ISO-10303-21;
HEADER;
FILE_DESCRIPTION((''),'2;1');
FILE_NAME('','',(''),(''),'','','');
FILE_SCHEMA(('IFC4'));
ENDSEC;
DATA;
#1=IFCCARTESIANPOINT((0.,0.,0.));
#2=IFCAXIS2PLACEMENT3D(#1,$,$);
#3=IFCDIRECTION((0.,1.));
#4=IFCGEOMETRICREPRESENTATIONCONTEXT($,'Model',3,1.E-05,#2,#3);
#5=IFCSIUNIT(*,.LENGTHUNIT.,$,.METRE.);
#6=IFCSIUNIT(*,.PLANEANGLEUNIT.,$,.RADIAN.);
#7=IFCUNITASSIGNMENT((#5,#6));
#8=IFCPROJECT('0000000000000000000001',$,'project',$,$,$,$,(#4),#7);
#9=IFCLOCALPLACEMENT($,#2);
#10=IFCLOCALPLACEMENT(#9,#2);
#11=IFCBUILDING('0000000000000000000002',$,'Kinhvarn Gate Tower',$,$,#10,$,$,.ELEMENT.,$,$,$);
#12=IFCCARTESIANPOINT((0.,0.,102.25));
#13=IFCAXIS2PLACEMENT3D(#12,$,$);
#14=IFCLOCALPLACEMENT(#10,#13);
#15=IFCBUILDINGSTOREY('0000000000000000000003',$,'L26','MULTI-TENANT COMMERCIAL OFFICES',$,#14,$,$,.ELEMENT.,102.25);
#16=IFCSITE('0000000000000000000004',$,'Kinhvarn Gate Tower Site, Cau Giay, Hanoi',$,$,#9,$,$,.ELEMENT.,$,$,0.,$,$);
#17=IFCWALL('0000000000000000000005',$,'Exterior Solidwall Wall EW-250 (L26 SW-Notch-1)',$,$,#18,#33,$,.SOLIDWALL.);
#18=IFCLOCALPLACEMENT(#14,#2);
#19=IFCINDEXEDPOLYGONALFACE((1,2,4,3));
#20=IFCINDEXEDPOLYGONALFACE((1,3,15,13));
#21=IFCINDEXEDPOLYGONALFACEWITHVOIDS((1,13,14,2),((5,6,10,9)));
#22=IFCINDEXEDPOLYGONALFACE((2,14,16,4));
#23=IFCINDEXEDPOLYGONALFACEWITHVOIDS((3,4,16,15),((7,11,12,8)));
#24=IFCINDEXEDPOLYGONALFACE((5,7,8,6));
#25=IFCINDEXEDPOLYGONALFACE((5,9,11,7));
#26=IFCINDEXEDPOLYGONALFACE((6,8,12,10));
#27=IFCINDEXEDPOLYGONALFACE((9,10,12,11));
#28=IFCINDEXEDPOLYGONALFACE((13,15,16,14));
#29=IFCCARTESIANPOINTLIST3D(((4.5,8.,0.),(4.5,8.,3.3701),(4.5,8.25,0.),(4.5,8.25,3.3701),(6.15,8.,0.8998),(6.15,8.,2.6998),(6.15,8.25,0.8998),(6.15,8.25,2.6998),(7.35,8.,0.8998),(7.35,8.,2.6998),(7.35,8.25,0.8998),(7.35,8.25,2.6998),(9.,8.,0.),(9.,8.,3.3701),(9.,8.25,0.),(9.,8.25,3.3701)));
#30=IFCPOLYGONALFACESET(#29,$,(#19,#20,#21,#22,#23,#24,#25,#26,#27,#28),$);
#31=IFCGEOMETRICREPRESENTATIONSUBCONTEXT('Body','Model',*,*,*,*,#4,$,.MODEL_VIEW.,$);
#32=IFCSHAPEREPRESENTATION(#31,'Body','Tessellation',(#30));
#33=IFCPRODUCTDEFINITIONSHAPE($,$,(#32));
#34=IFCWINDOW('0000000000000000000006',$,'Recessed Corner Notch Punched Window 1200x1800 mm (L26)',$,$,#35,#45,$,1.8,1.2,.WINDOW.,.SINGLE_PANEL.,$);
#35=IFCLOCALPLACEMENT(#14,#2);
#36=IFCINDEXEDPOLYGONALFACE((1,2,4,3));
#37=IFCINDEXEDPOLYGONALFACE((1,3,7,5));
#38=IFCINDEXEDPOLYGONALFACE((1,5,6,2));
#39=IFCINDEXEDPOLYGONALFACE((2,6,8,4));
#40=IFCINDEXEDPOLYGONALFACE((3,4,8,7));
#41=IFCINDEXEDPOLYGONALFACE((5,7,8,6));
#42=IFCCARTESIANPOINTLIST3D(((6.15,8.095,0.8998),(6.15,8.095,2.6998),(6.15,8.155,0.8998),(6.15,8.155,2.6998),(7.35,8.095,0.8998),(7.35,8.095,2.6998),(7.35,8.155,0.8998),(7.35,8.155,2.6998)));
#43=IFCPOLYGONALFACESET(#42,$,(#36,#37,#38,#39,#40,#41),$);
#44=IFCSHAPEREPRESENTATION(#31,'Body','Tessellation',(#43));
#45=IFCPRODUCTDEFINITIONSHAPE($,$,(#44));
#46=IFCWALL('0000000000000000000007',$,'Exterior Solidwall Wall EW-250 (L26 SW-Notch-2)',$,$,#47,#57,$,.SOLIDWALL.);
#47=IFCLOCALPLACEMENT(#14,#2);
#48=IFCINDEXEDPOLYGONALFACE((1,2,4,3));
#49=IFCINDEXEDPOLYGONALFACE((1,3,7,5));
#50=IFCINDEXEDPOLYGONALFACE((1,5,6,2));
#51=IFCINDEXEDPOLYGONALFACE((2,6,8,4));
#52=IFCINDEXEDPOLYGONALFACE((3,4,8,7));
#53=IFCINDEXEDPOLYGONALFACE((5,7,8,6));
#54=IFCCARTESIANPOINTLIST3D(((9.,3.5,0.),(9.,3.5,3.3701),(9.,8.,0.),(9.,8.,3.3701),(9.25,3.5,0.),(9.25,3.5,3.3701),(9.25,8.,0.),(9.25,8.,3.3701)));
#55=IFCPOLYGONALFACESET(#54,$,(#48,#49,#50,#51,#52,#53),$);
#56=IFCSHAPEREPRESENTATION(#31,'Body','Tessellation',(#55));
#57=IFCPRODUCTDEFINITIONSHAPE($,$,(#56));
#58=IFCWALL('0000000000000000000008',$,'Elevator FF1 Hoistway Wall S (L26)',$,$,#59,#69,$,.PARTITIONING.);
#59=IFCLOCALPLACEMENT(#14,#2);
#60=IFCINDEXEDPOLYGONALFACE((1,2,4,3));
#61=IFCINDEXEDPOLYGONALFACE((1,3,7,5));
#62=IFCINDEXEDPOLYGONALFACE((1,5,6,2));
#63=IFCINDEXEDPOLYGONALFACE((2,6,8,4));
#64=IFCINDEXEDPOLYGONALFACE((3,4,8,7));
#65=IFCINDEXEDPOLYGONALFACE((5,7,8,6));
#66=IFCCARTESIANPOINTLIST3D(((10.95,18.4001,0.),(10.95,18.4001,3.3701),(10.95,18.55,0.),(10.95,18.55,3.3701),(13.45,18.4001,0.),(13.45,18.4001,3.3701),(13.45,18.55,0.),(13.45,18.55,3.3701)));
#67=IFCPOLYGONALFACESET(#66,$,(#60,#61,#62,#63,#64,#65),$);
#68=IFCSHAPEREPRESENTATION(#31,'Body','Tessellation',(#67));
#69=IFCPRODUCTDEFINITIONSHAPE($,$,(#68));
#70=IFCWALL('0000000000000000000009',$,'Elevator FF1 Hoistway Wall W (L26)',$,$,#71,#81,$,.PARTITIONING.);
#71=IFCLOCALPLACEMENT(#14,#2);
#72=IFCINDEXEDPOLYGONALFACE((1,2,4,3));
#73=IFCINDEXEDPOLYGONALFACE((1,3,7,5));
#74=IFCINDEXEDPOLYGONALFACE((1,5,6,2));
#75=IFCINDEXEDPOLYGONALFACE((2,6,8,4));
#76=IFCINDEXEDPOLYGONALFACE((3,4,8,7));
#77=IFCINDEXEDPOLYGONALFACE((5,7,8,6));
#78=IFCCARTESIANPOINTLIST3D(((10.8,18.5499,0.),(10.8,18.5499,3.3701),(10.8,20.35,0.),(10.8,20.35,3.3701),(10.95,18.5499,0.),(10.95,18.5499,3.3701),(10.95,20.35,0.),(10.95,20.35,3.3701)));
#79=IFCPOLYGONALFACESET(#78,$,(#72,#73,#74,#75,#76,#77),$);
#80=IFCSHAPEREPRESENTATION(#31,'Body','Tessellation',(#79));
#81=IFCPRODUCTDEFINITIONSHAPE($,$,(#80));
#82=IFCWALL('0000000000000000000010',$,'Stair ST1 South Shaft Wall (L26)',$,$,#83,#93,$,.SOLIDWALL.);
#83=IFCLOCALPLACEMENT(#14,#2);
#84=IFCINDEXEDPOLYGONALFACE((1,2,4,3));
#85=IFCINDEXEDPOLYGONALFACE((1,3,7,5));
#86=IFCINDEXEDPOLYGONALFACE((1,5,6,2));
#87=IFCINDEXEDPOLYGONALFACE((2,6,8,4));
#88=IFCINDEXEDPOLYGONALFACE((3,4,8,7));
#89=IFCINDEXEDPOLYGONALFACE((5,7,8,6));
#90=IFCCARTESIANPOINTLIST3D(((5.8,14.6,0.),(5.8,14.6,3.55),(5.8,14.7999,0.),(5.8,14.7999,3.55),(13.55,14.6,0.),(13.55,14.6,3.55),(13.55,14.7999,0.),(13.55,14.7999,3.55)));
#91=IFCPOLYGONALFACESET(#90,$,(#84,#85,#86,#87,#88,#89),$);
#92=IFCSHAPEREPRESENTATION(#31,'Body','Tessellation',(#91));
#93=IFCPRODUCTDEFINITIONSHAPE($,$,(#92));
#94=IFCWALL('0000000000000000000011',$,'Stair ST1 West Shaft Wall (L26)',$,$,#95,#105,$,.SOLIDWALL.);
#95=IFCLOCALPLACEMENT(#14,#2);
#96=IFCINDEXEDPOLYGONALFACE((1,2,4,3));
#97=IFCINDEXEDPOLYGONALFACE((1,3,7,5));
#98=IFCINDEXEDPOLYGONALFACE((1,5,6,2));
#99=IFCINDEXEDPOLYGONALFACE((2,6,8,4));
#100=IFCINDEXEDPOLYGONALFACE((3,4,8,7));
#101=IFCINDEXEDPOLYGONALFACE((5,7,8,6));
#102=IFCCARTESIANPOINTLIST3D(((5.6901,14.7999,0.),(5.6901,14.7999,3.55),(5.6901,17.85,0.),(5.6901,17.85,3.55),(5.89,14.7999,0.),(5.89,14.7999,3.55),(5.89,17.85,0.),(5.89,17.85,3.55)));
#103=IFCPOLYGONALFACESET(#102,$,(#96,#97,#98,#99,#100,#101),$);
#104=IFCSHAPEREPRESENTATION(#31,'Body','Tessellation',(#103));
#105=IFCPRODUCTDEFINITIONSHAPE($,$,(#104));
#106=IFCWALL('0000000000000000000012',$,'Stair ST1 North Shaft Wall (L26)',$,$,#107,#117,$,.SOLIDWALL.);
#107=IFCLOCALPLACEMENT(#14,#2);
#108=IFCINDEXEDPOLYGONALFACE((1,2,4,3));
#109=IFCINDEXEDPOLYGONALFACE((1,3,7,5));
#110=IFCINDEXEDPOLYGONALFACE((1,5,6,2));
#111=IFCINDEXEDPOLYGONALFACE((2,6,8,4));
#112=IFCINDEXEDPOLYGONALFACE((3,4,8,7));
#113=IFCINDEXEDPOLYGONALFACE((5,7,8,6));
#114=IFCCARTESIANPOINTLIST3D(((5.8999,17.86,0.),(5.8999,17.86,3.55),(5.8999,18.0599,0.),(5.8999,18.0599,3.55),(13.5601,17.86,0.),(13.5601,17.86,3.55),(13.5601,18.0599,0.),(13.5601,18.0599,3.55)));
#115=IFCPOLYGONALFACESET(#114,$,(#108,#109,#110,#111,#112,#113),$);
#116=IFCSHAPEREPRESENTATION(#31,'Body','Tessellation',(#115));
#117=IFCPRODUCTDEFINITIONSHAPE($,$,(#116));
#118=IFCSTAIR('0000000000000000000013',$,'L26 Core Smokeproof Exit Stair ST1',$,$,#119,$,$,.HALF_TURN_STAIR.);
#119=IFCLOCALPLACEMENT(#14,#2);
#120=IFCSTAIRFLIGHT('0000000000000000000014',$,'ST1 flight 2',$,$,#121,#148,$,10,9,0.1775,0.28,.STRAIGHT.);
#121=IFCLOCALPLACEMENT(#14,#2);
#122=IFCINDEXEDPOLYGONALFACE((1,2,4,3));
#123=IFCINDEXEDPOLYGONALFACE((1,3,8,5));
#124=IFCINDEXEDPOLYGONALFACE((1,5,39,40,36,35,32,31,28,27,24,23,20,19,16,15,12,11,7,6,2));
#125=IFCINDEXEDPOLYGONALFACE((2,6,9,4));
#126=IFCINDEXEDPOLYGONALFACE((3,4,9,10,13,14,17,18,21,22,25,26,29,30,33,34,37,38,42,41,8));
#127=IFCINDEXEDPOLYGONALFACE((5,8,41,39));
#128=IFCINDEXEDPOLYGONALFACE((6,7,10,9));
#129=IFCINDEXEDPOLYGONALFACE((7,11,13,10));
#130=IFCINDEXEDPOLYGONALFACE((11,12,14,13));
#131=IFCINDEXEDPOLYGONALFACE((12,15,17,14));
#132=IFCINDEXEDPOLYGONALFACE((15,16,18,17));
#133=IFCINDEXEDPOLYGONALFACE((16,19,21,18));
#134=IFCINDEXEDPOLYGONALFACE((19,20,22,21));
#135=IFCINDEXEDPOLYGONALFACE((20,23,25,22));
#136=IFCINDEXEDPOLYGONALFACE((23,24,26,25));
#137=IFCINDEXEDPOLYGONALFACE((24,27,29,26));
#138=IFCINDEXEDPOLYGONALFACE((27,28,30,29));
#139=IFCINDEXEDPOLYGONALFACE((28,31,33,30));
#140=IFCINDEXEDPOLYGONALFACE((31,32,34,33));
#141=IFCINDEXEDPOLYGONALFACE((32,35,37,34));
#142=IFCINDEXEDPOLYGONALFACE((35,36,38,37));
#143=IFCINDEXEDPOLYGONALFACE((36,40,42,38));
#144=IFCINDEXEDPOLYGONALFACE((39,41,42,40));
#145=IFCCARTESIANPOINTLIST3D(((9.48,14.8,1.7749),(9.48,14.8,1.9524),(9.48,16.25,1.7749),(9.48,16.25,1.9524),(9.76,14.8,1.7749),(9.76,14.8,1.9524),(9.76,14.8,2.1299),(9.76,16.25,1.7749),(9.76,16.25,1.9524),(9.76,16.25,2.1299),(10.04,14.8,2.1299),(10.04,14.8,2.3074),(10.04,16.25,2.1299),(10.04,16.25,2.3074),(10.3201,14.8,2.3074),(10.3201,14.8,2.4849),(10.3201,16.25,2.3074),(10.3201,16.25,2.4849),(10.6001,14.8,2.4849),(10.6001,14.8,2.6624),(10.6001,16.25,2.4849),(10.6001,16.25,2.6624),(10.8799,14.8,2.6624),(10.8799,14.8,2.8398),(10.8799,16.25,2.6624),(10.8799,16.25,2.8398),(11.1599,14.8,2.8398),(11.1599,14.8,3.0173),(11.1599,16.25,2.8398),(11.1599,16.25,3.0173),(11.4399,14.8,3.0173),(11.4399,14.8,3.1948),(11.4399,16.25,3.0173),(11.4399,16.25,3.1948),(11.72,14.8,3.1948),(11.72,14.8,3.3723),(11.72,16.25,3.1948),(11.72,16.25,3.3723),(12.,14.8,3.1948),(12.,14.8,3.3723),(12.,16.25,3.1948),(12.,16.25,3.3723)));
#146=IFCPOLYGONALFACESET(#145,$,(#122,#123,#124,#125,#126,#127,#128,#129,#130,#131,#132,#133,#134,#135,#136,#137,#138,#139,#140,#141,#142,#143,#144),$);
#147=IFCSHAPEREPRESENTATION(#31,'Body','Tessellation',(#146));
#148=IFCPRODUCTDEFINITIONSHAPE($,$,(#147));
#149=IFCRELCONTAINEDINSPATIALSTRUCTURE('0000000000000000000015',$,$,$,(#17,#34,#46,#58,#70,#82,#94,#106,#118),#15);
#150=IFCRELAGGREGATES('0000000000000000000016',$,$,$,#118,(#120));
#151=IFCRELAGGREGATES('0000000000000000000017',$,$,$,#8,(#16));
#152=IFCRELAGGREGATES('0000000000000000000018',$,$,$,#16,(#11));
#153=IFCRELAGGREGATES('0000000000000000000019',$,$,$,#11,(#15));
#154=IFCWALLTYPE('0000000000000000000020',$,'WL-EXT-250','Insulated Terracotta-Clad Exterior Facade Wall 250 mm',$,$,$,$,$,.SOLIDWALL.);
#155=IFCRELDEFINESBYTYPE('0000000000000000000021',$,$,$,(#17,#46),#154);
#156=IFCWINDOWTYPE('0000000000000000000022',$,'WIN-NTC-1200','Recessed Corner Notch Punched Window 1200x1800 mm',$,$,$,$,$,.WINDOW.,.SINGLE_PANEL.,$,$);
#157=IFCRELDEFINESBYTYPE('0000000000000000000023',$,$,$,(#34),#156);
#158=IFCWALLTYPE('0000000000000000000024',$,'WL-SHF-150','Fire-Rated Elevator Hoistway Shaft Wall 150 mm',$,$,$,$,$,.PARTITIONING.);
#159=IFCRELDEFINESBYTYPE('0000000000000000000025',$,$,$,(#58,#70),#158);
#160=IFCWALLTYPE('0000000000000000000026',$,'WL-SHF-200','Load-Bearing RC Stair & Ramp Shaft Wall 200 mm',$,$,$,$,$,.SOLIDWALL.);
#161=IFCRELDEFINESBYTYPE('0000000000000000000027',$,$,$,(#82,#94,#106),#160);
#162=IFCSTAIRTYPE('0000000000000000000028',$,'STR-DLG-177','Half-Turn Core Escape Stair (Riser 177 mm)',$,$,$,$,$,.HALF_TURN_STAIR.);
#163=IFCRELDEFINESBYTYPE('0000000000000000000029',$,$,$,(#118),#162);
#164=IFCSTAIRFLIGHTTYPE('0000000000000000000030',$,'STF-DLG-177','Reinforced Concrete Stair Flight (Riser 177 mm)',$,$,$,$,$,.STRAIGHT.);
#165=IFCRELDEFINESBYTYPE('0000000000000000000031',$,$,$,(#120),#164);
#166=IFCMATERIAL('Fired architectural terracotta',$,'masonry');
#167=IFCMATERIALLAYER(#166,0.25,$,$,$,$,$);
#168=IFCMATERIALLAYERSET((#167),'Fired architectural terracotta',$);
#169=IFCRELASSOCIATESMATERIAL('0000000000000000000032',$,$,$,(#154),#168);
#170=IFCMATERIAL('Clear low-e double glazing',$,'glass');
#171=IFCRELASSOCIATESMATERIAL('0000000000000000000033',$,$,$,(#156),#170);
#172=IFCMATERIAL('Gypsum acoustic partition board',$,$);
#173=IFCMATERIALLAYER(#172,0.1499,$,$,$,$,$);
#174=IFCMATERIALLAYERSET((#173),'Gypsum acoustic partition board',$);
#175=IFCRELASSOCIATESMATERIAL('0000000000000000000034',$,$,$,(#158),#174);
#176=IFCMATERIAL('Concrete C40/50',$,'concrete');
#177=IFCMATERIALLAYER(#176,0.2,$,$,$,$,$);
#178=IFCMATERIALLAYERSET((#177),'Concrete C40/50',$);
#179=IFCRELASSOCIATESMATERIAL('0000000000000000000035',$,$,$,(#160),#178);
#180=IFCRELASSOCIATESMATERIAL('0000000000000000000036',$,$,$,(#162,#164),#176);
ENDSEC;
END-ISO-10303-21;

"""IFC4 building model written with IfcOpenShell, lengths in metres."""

from ifc_helpers import new_model, si_unit, direction, frame, frame_2d, origin, place, context, subcontext, project, spatial, polyline, rectangle, outline, extrude, material, layer, layer_set, type_object, element, fill, aggregate, save


model = new_model("IFC4")

# Units and contexts
model_context = context("Model", 3, precision=1e-05, world=origin(), true_north=direction((0.0, 1.0)))
body_context = subcontext(model_context, "Body", "Model", "MODEL_VIEW")
ifc_project = project(units=[si_unit("LENGTHUNIT", "METRE"), si_unit("PLANEANGLEUNIT", "RADIAN")], contexts=[model_context])

# Site, building, storey
site_placement = place(None, origin())
site = spatial("IfcSite", under=ifc_project, at=site_placement, Name="Kinhvarn Gate Tower Site, Cau Giay, Hanoi", CompositionType="ELEMENT", RefElevation=0.0)
building_placement = place(site_placement, origin())
building = spatial("IfcBuilding", under=site, at=building_placement, Name="Kinhvarn Gate Tower", CompositionType="ELEMENT")
storey_placement = place(building_placement, frame((0.0, 0.0, 102.25)))
storey = spatial("IfcBuildingStorey", under=building, at=storey_placement, Name="L26", Description="MULTI-TENANT COMMERCIAL OFFICES", CompositionType="ELEMENT", Elevation=102.25)

# Wall, opening, window
ifc_material_1 = material(Name="Fired architectural terracotta", Category="masonry")
ifc_layer_1 = layer(ifc_material_1, 0.25)
ifc_layer_set_1 = layer_set([ifc_layer_1], Name="Fired architectural terracotta")
wall_type_1 = type_object("IfcWallType", Name="WL-EXT-250", Description="Insulated Terracotta-Clad Exterior Facade Wall 250 mm", PredefinedType="SOLIDWALL", material=ifc_layer_set_1)
ifc_material_2 = material(Name="Clear low-e double glazing", Category="glass")
wall_1_placement = place(storey_placement, frame((4.5, 8.125, 0.0), z_axis=(0.0, 0.0, 1.0), x_axis=(1.0, 0.0, 0.0)))
wall_1 = element("IfcWall", 1, at=wall_1_placement, inside=storey, type_object=wall_type_1, Name="Exterior Solidwall Wall EW-250 (L26 SW-Notch-1)", PredefinedType="SOLIDWALL", context=body_context, shape_type="SweptSolid", body=[
    extrude(rectangle(XDim=4.5, YDim=0.25, at=frame_2d((2.25, 0.0))), origin(), (0.0, 0.0, 1.0), 3.3701),
])
opening_1_placement = place(wall_1_placement, frame((1.6499, 0.0, 0.8999)))
opening_1 = element("IfcOpeningElement", 2, at=opening_1_placement, cuts=wall_1, PredefinedType="OPENING", context=body_context, shape_type="SweptSolid", body=[
    extrude(rectangle(XDim=1.2, YDim=1.8, at=frame_2d((0.6001, 0.8999))), frame((0.0, 0.135, 0.0), z_axis=(0.0, -1.0, 0.0), x_axis=(1.0, 0.0, 0.0)), (0.0, 0.0, 1.0), 0.27),
])
window_type_1 = type_object("IfcWindowType", Name="WIN-NTC-1200", Description="Recessed Corner Notch Punched Window 1200x1800 mm", PartitioningType="SINGLE_PANEL", PredefinedType="WINDOW", material=ifc_material_2)
window_1_placement = place(opening_1_placement, origin())
window_1 = element("IfcWindow", 3, at=window_1_placement, inside=storey, type_object=window_type_1, Name="Recessed Corner Notch Punched Window 1200x1800 mm (L26)", OverallHeight=1.8, OverallWidth=1.2, PartitioningType="SINGLE_PANEL", PredefinedType="WINDOW", context=body_context, shape_type="SweptSolid", body=[
    extrude(rectangle(XDim=1.2, YDim=1.8, at=frame_2d((0.6001, 0.8999))), frame((0.0, 0.03, 0.0), z_axis=(0.0, -1.0, 0.0), x_axis=(1.0, 0.0, 0.0)), (0.0, 0.0, 1.0), 0.0601),
])
fill(opening_1, window_1)

# Walls
wall_2_placement = place(storey_placement, frame((9.125, 8.0, 0.0), z_axis=(0.0, 0.0, 1.0), x_axis=(0.0, -1.0, 0.0)))
element("IfcWall", 4, at=wall_2_placement, inside=storey, type_object=wall_type_1, Name="Exterior Solidwall Wall EW-250 (L26 SW-Notch-2)", PredefinedType="SOLIDWALL", context=body_context, shape_type="SweptSolid", body=[
    extrude(rectangle(XDim=4.5, YDim=0.25, at=frame_2d((2.25, 0.0))), origin(), (0.0, 0.0, 1.0), 3.3701),
])
ifc_material_3 = material(Name="Gypsum acoustic partition board")
ifc_layer_2 = layer(ifc_material_3, 0.1499)
ifc_layer_set_2 = layer_set([ifc_layer_2], Name="Gypsum acoustic partition board")
wall_type_2 = type_object("IfcWallType", Name="WL-SHF-150", Description="Fire-Rated Elevator Hoistway Shaft Wall 150 mm", PredefinedType="PARTITIONING", material=ifc_layer_set_2)
wall_3_placement = place(storey_placement, frame((10.95, 18.4751, 0.0), z_axis=(0.0, 0.0, 1.0), x_axis=(1.0, 0.0, 0.0)))
element("IfcWall", 5, at=wall_3_placement, inside=storey, type_object=wall_type_2, Name="Elevator FF1 Hoistway Wall S (L26)", PredefinedType="PARTITIONING", context=body_context, shape_type="SweptSolid", body=[
    extrude(rectangle(XDim=2.5, YDim=0.1499, at=frame_2d((1.25, 0.0))), origin(), (0.0, 0.0, 1.0), 3.3701),
])
wall_4_placement = place(storey_placement, frame((10.875, 18.55, 0.0), z_axis=(0.0, 0.0, 1.0), x_axis=(0.0, 1.0, 0.0)))
element("IfcWall", 6, at=wall_4_placement, inside=storey, type_object=wall_type_2, Name="Elevator FF1 Hoistway Wall W (L26)", PredefinedType="PARTITIONING", context=body_context, shape_type="SweptSolid", body=[
    extrude(rectangle(XDim=1.8, YDim=0.1499, at=frame_2d((0.8999, 0.0))), origin(), (0.0, 0.0, 1.0), 3.3701),
])
ifc_material_4 = material(Name="Concrete C40/50", Category="concrete")
ifc_layer_3 = layer(ifc_material_4, 0.2)
ifc_layer_set_3 = layer_set([ifc_layer_3], Name="Concrete C40/50")
wall_type_3 = type_object("IfcWallType", Name="WL-SHF-200", Description="Load-Bearing RC Stair & Ramp Shaft Wall 200 mm", PredefinedType="SOLIDWALL", material=ifc_layer_set_3)
wall_5_placement = place(storey_placement, frame((5.8, 14.7, 0.0), z_axis=(0.0, 0.0, 1.0), x_axis=(1.0, 0.0, 0.0)))
element("IfcWall", 7, at=wall_5_placement, inside=storey, type_object=wall_type_3, Name="Stair ST1 South Shaft Wall (L26)", PredefinedType="SOLIDWALL", context=body_context, shape_type="SweptSolid", body=[
    extrude(rectangle(XDim=7.75, YDim=0.2, at=frame_2d((3.875, 0.0))), origin(), (0.0, 0.0, 1.0), 3.55),
])
wall_6_placement = place(storey_placement, frame((5.79, 14.8, 0.0), z_axis=(0.0, 0.0, 1.0), x_axis=(0.0, 1.0, 0.0)))
element("IfcWall", 8, at=wall_6_placement, inside=storey, type_object=wall_type_3, Name="Stair ST1 West Shaft Wall (L26)", PredefinedType="SOLIDWALL", context=body_context, shape_type="SweptSolid", body=[
    extrude(rectangle(XDim=3.05, YDim=0.2, at=frame_2d((1.5249, 0.0))), origin(), (0.0, 0.0, 1.0), 3.55),
])
wall_7_placement = place(storey_placement, frame((5.8999, 17.96, 0.0), z_axis=(0.0, 0.0, 1.0), x_axis=(1.0, 0.0, 0.0)))
element("IfcWall", 9, at=wall_7_placement, inside=storey, type_object=wall_type_3, Name="Stair ST1 North Shaft Wall (L26)", PredefinedType="SOLIDWALL", context=body_context, shape_type="SweptSolid", body=[
    extrude(rectangle(XDim=7.6602, YDim=0.2, at=frame_2d((3.8301, 0.0))), origin(), (0.0, 0.0, 1.0), 3.55),
])

# Stair, stair flight
stair_type = type_object("IfcStairType", Name="STR-DLG-177", Description="Half-Turn Core Escape Stair (Riser 177 mm)", PredefinedType="HALF_TURN_STAIR", material=ifc_material_4)
stair_placement = place(storey_placement, origin())
stair = element("IfcStair", 10, at=stair_placement, inside=storey, type_object=stair_type, Name="L26 Core Smokeproof Exit Stair ST1", PredefinedType="HALF_TURN_STAIR")
stair_flight_type = type_object("IfcStairFlightType", Name="STF-DLG-177", Description="Reinforced Concrete Stair Flight (Riser 177 mm)", PredefinedType="STRAIGHT", material=ifc_material_4)
stair_flight_placement = place(storey_placement, frame((9.48, 15.5249, 1.7749), z_axis=(0.0, 0.0, 1.0), x_axis=(1.0, 0.0, 0.0)))
stair_flight = element("IfcStairFlight", 11, at=stair_flight_placement, type_object=stair_flight_type, Name="ST1 flight 2", NumberOfRisers=10, NumberOfTreads=9, PredefinedType="STRAIGHT", RiserHeight=0.1775, TreadLength=0.28, context=body_context, shape_type="SweptSolid", body=[
    extrude(outline(polyline([(0.0, 0.0), (0.0, 0.1775), (0.28, 0.1775), (0.28, 0.355), (0.5601, 0.355), (0.5601, 0.5325), (0.8401, 0.5325), (0.8401, 0.71), (1.1201, 0.71), (1.1201, 0.8875), (1.3999, 0.8875), (1.3999, 1.0649), (1.6799, 1.0649), (1.6799, 1.2424), (1.96, 1.2424), (1.96, 1.4199), (2.24, 1.4199), (2.24, 1.5974), (2.52, 1.5974), (2.52, 1.7749), (2.52, 1.4199), (0.28, 0.0), (0.0, 0.0)])), frame((0.0, 0.7251, 0.0), z_axis=(0.0, -1.0, 0.0), x_axis=(1.0, 0.0, 0.0)), (0.0, 0.0, 1.0), 1.45),
])
aggregate(stair, [stair_flight])

save(model, "model.ifc")
